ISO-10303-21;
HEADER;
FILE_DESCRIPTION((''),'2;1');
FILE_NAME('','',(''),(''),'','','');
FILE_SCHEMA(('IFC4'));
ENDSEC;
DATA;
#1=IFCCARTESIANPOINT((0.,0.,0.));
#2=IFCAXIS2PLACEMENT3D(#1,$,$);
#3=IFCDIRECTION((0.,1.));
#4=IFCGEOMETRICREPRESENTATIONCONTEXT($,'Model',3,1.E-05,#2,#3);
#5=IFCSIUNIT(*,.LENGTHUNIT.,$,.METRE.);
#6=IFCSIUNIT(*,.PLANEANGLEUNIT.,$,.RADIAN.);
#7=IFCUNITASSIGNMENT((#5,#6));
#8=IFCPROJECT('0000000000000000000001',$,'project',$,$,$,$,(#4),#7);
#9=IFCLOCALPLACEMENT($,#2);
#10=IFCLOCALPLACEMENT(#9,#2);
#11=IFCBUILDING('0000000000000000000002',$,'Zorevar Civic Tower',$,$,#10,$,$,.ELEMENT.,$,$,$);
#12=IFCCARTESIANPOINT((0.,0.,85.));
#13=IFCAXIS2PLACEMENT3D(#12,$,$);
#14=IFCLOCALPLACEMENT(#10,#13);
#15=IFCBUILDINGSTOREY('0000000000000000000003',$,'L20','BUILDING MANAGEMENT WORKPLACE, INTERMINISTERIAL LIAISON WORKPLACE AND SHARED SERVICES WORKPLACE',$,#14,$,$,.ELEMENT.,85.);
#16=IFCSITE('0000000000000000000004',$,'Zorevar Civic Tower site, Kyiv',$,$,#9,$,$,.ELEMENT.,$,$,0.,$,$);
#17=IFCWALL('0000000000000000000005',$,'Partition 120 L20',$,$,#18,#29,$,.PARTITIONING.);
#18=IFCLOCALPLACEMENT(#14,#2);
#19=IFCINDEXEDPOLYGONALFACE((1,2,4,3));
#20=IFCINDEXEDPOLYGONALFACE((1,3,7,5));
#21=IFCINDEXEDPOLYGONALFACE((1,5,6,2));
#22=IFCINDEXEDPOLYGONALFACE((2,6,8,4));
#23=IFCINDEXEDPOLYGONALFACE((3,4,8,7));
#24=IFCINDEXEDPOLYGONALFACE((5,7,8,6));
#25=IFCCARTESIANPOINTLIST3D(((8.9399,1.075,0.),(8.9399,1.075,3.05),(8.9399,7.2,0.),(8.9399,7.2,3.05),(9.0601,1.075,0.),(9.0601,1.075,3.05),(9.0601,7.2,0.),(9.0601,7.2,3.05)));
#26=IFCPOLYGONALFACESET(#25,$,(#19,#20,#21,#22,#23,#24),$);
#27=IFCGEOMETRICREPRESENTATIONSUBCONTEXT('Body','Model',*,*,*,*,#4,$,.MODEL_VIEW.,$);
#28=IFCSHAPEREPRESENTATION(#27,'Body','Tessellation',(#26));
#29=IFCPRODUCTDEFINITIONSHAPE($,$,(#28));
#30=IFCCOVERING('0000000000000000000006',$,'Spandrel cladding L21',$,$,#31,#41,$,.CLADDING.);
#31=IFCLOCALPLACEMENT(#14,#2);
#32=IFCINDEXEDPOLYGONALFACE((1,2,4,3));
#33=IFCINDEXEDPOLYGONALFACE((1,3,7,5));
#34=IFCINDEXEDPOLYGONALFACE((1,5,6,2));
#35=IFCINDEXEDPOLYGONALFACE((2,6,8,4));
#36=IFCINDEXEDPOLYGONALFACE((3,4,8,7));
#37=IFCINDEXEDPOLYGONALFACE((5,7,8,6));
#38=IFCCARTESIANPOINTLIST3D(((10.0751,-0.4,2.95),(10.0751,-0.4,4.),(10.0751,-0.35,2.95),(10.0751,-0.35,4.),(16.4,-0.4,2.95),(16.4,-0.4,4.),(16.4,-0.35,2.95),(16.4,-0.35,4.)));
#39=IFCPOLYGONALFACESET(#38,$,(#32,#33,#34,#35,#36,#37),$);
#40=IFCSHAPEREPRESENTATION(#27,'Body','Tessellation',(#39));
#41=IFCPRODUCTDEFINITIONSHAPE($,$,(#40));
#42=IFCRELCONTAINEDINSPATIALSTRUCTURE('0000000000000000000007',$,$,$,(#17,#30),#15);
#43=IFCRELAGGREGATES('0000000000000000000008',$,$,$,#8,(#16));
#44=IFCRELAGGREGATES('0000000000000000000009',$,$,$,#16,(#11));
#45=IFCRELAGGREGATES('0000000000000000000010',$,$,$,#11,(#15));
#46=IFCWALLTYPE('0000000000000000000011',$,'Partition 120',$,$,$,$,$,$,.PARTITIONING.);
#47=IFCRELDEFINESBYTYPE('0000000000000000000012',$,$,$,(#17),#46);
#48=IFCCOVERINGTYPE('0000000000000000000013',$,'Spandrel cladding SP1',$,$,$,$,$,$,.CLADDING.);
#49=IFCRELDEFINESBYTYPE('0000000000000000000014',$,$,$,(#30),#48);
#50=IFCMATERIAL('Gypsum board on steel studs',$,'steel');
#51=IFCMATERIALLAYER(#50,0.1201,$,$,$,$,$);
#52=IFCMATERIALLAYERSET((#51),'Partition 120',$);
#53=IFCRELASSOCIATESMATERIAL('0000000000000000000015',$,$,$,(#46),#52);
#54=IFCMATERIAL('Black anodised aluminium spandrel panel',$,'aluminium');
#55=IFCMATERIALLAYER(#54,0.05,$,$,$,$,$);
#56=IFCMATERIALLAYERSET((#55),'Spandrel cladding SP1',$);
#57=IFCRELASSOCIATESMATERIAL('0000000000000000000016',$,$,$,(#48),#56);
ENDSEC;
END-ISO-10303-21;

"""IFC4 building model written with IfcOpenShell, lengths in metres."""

from ifc_helpers import new_model, si_unit, direction, frame, frame_2d, origin, place, context, subcontext, project, spatial, rectangle, extrude, material, layer, layer_set, type_object, element, save


model = new_model("IFC4")

# Units and contexts
model_context = context("Model", 3, precision=1e-05, world=origin(), true_north=direction((0.0, 1.0)))
body_context = subcontext(model_context, "Body", "Model", "MODEL_VIEW")
ifc_project = project(units=[si_unit("LENGTHUNIT", "METRE"), si_unit("PLANEANGLEUNIT", "RADIAN")], contexts=[model_context])

# Site, building, storey
site_placement = place(None, origin())
site = spatial("IfcSite", under=ifc_project, at=site_placement, Name="Zorevar Civic Tower site, Kyiv", CompositionType="ELEMENT", RefElevation=0.0)
building_placement = place(site_placement, origin())
building = spatial("IfcBuilding", under=site, at=building_placement, Name="Zorevar Civic Tower", CompositionType="ELEMENT")
storey_placement = place(building_placement, frame((0.0, 0.0, 85.0)))
storey = spatial("IfcBuildingStorey", under=building, at=storey_placement, Name="L20", Description="BUILDING MANAGEMENT WORKPLACE, INTERMINISTERIAL LIAISON WORKPLACE AND SHARED SERVICES WORKPLACE", CompositionType="ELEMENT", Elevation=85.0)

# Shared definitions
ifc_material_1 = material(Name="Gypsum board on steel studs", Category="steel")
ifc_layer_1 = layer(ifc_material_1, 0.1201)
ifc_layer_set_1 = layer_set([ifc_layer_1], Name="Partition 120")
wall_type = type_object("IfcWallType", Name="Partition 120", PredefinedType="PARTITIONING", material=ifc_layer_set_1)

# Wall
wall_1_placement = place(storey_placement, frame((9.0, 1.075, 0.0), z_axis=(0.0, 0.0, 1.0), x_axis=(0.0, 1.0, 0.0)))
element("IfcWall", 1, at=wall_1_placement, inside=storey, type_object=wall_type, Name="Partition 120 L20", PredefinedType="PARTITIONING", context=body_context, shape_type="SweptSolid", body=[
    extrude(rectangle(XDim=6.125, YDim=0.1201, at=frame_2d((3.0625, 0.0))), origin(), (0.0, 0.0, 1.0), 3.05),
])

# Covering
ifc_material_2 = material(Name="Black anodised aluminium spandrel panel", Category="aluminium")
ifc_layer_2 = layer(ifc_material_2, 0.05)
ifc_layer_set_2 = layer_set([ifc_layer_2], Name="Spandrel cladding SP1")
covering_type = type_object("IfcCoveringType", Name="Spandrel cladding SP1", PredefinedType="CLADDING", material=ifc_layer_set_2)
covering_placement = place(storey_placement, frame((10.075, -0.375, 2.95), z_axis=(0.0, 0.0, 1.0), x_axis=(1.0, 0.0, 0.0)))
element("IfcCovering", 2, at=covering_placement, inside=storey, type_object=covering_type, Name="Spandrel cladding L21", PredefinedType="CLADDING", context=body_context, shape_type="SweptSolid", body=[
    extrude(rectangle(XDim=6.325, YDim=0.05, at=frame_2d((3.1626, 0.0))), origin(), (0.0, 0.0, 1.0), 1.05),
])

save(model, "model.ifc")
